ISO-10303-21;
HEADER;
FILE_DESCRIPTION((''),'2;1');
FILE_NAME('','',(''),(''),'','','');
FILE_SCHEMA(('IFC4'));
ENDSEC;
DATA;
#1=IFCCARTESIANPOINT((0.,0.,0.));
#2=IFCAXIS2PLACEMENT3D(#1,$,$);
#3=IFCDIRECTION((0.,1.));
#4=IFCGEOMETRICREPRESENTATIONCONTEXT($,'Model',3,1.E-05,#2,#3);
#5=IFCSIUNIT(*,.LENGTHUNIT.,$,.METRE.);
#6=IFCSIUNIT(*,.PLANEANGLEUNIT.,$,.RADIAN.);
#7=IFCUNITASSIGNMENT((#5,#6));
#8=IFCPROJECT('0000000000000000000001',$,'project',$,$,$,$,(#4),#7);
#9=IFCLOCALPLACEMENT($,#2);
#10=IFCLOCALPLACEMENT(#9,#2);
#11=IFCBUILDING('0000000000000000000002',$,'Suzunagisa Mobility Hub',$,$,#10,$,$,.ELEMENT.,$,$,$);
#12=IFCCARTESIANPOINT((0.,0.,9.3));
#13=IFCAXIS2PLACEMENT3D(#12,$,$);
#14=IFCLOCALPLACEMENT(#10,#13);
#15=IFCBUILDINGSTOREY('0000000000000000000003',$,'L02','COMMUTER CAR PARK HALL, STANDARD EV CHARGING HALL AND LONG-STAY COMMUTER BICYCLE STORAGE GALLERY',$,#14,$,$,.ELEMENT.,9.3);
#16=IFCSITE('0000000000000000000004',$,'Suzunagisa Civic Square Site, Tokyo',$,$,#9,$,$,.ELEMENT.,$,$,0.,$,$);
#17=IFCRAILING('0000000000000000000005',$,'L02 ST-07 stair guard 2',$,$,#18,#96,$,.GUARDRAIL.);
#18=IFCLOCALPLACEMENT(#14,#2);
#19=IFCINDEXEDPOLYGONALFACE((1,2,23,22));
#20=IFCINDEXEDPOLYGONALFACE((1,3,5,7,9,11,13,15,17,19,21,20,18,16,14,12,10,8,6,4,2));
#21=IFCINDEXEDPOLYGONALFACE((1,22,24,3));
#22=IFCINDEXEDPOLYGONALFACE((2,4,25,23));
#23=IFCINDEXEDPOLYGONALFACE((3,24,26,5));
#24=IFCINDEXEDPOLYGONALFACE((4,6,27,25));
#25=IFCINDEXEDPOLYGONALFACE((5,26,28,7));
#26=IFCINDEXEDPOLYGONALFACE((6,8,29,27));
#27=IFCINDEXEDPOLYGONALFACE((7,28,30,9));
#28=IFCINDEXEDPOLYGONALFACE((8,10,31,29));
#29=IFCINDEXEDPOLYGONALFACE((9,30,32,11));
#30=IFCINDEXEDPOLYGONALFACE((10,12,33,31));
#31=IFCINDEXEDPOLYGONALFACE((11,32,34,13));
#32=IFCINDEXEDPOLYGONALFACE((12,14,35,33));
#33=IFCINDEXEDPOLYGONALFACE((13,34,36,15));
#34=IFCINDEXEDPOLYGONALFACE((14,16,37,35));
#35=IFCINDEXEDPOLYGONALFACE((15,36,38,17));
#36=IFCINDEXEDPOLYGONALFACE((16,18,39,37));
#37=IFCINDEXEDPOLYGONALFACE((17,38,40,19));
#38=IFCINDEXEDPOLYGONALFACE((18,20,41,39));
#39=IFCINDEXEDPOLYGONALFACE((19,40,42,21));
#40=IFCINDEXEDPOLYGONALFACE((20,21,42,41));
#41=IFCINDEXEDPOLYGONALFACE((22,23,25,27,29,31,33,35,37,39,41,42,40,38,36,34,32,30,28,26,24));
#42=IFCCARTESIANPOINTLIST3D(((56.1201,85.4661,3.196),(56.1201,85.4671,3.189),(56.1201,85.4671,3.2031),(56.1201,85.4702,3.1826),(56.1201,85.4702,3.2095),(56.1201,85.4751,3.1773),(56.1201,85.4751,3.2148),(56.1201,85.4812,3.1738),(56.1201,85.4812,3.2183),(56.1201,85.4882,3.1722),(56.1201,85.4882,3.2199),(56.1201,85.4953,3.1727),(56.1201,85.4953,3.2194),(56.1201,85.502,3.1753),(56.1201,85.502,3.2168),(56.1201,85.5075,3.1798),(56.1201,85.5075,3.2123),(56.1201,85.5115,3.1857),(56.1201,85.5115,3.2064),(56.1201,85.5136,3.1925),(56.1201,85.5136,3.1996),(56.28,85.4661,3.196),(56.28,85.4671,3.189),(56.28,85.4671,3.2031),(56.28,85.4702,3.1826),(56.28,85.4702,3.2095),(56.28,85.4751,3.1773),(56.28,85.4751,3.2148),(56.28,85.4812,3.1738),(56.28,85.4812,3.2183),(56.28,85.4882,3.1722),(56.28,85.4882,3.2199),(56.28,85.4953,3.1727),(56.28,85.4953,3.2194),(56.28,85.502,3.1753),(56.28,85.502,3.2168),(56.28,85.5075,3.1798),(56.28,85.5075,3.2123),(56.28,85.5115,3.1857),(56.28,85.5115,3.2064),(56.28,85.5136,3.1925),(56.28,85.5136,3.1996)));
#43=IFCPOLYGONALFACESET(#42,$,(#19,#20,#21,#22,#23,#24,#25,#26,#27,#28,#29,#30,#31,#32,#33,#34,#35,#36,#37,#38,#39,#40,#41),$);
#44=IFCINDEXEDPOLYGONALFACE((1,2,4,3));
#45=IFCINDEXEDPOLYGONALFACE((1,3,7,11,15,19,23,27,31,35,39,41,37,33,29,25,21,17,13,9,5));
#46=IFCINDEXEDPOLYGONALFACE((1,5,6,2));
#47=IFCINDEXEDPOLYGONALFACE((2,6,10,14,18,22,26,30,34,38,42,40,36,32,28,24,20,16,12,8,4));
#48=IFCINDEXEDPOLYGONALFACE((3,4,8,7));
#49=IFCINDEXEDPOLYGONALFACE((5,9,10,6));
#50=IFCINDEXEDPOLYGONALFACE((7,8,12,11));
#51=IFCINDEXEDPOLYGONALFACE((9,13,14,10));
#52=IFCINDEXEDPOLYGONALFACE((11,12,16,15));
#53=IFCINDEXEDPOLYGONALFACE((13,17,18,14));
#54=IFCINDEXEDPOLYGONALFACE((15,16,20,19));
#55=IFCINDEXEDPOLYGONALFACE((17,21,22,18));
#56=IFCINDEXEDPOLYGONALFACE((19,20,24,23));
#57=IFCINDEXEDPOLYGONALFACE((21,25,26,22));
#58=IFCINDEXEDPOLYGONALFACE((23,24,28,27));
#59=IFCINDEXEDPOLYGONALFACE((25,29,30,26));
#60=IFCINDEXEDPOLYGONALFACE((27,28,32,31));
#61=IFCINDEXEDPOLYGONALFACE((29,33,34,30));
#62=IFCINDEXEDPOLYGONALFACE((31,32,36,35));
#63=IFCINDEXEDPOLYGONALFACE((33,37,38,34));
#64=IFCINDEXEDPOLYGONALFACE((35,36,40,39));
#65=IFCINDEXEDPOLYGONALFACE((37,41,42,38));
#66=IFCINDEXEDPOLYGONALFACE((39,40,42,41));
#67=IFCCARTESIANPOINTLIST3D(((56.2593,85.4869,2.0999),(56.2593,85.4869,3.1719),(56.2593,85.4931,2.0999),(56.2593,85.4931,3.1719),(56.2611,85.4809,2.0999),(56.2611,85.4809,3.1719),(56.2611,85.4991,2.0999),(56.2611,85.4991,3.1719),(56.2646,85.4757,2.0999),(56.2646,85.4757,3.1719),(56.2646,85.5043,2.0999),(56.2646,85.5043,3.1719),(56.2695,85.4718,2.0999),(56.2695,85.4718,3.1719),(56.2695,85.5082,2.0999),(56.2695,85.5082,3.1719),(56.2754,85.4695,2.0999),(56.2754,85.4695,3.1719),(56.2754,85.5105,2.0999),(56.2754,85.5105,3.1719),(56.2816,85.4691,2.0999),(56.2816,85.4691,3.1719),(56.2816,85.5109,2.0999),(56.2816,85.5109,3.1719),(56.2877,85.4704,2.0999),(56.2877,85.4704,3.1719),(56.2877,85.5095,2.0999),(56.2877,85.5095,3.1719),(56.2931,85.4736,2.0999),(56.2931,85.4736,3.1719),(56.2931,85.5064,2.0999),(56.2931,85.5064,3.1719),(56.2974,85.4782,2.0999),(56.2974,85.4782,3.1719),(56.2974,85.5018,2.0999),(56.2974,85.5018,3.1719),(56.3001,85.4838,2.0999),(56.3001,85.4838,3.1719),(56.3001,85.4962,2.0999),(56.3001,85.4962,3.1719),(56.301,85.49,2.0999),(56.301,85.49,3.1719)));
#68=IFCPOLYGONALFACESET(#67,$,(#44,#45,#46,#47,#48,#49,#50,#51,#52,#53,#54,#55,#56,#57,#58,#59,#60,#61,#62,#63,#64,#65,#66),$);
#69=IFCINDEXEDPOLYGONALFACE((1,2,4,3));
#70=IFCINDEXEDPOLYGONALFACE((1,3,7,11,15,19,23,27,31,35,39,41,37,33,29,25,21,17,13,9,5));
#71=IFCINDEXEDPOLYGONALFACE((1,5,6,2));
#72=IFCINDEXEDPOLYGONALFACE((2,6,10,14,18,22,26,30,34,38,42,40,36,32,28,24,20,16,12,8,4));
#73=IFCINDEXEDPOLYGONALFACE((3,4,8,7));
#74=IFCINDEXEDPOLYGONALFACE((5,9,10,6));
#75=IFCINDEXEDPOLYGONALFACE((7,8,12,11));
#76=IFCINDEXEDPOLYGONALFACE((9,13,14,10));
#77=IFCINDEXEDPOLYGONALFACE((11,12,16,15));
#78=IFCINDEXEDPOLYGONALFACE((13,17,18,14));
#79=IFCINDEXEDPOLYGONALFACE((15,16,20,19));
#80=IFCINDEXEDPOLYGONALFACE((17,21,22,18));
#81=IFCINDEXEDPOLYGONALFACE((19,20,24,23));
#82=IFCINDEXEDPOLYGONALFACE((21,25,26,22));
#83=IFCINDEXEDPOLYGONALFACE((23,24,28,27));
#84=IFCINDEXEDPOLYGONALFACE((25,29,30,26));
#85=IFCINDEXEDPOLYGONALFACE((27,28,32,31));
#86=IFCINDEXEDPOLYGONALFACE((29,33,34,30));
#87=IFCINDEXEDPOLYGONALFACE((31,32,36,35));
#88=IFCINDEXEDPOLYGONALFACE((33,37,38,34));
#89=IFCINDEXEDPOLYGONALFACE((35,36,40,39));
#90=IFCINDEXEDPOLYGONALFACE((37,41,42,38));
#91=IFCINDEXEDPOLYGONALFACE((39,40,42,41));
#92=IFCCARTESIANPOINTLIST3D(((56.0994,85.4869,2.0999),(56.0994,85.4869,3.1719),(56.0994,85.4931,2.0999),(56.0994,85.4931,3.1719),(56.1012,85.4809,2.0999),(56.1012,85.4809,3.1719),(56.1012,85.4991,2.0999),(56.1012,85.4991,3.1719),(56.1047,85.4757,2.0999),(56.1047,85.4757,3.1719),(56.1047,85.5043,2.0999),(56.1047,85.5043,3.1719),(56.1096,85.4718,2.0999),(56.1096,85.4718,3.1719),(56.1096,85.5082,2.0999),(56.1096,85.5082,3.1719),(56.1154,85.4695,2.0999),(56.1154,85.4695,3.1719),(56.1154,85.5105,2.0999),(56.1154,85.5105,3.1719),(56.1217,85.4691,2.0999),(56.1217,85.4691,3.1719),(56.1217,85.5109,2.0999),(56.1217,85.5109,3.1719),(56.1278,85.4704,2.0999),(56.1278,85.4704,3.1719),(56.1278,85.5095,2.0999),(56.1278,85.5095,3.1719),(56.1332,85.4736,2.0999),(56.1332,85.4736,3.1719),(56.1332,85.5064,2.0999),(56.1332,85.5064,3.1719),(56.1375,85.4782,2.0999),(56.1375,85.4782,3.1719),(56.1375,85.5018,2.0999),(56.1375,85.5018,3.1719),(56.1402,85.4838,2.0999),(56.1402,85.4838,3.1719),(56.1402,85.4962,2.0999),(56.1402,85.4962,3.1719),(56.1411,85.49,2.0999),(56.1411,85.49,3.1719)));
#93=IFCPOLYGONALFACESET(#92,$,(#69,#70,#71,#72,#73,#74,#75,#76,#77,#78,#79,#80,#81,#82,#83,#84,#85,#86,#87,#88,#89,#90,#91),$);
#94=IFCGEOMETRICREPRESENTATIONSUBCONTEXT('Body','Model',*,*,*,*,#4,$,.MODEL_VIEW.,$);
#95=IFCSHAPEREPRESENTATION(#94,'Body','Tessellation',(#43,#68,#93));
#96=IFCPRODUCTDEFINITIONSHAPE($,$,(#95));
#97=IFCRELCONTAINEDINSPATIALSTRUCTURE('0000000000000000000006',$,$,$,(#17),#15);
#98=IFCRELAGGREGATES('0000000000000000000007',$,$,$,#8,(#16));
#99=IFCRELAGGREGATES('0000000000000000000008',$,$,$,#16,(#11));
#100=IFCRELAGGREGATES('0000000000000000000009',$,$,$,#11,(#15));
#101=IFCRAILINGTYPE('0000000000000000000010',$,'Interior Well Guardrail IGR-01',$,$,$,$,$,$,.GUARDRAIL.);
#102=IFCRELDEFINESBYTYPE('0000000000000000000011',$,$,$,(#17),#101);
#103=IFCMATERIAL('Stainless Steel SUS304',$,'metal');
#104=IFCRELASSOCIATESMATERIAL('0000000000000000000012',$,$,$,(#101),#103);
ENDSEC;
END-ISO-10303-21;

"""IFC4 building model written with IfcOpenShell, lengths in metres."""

from ifc_helpers import new_model, si_unit, direction, frame, origin, origin_2d, place, context, subcontext, project, spatial, circle, extrude, material, type_object, element, save


model = new_model("IFC4")

# Units and contexts
model_context = context("Model", 3, precision=1e-05, world=origin(), true_north=direction((0.0, 1.0)))
body_context = subcontext(model_context, "Body", "Model", "MODEL_VIEW")
ifc_project = project(units=[si_unit("LENGTHUNIT", "METRE"), si_unit("PLANEANGLEUNIT", "RADIAN")], contexts=[model_context])

# Site, building, storey
site_placement = place(None, origin())
site = spatial("IfcSite", under=ifc_project, at=site_placement, Name="Suzunagisa Civic Square Site, Tokyo", CompositionType="ELEMENT", RefElevation=0.0)
building_placement = place(site_placement, origin())
building = spatial("IfcBuilding", under=site, at=building_placement, Name="Suzunagisa Mobility Hub", CompositionType="ELEMENT")
storey_placement = place(building_placement, frame((0.0, 0.0, 9.3)))
storey = spatial("IfcBuildingStorey", under=building, at=storey_placement, Name="L02", Description="COMMUTER CAR PARK HALL, STANDARD EV CHARGING HALL AND LONG-STAY COMMUTER BICYCLE STORAGE GALLERY", CompositionType="ELEMENT", Elevation=9.3)

# Railing
ifc_material_1 = material(Name="Stainless Steel SUS304", Category="metal")
railing_type_1 = type_object("IfcRailingType", Name="Interior Well Guardrail IGR-01", PredefinedType="GUARDRAIL", material=ifc_material_1)
railing_1_placement = place(storey_placement, frame((56.28, 85.49, 2.0999)))
element("IfcRailing", 1, at=railing_1_placement, inside=storey, type_object=railing_type_1, Name="L02 ST-07 stair guard 2", PredefinedType="GUARDRAIL", context=body_context, shape_type="SweptSolid", body=[
    extrude(circle(Radius=0.0239, at=origin_2d()), frame((0.0, 0.0, 1.0962), z_axis=(-1.0, 0.0, 0.0), x_axis=(0.0, -1.0, 0.0)), (0.0, 0.0, 1.0), 0.1599),
    extrude(circle(Radius=0.021, at=origin_2d()), origin(), (0.0, 0.0, 1.0), 1.072),
    extrude(circle(Radius=0.021, at=origin_2d()), frame((-0.1599, 0.0, 0.0)), (0.0, 0.0, 1.0), 1.072),
])

save(model, "model.ifc")
